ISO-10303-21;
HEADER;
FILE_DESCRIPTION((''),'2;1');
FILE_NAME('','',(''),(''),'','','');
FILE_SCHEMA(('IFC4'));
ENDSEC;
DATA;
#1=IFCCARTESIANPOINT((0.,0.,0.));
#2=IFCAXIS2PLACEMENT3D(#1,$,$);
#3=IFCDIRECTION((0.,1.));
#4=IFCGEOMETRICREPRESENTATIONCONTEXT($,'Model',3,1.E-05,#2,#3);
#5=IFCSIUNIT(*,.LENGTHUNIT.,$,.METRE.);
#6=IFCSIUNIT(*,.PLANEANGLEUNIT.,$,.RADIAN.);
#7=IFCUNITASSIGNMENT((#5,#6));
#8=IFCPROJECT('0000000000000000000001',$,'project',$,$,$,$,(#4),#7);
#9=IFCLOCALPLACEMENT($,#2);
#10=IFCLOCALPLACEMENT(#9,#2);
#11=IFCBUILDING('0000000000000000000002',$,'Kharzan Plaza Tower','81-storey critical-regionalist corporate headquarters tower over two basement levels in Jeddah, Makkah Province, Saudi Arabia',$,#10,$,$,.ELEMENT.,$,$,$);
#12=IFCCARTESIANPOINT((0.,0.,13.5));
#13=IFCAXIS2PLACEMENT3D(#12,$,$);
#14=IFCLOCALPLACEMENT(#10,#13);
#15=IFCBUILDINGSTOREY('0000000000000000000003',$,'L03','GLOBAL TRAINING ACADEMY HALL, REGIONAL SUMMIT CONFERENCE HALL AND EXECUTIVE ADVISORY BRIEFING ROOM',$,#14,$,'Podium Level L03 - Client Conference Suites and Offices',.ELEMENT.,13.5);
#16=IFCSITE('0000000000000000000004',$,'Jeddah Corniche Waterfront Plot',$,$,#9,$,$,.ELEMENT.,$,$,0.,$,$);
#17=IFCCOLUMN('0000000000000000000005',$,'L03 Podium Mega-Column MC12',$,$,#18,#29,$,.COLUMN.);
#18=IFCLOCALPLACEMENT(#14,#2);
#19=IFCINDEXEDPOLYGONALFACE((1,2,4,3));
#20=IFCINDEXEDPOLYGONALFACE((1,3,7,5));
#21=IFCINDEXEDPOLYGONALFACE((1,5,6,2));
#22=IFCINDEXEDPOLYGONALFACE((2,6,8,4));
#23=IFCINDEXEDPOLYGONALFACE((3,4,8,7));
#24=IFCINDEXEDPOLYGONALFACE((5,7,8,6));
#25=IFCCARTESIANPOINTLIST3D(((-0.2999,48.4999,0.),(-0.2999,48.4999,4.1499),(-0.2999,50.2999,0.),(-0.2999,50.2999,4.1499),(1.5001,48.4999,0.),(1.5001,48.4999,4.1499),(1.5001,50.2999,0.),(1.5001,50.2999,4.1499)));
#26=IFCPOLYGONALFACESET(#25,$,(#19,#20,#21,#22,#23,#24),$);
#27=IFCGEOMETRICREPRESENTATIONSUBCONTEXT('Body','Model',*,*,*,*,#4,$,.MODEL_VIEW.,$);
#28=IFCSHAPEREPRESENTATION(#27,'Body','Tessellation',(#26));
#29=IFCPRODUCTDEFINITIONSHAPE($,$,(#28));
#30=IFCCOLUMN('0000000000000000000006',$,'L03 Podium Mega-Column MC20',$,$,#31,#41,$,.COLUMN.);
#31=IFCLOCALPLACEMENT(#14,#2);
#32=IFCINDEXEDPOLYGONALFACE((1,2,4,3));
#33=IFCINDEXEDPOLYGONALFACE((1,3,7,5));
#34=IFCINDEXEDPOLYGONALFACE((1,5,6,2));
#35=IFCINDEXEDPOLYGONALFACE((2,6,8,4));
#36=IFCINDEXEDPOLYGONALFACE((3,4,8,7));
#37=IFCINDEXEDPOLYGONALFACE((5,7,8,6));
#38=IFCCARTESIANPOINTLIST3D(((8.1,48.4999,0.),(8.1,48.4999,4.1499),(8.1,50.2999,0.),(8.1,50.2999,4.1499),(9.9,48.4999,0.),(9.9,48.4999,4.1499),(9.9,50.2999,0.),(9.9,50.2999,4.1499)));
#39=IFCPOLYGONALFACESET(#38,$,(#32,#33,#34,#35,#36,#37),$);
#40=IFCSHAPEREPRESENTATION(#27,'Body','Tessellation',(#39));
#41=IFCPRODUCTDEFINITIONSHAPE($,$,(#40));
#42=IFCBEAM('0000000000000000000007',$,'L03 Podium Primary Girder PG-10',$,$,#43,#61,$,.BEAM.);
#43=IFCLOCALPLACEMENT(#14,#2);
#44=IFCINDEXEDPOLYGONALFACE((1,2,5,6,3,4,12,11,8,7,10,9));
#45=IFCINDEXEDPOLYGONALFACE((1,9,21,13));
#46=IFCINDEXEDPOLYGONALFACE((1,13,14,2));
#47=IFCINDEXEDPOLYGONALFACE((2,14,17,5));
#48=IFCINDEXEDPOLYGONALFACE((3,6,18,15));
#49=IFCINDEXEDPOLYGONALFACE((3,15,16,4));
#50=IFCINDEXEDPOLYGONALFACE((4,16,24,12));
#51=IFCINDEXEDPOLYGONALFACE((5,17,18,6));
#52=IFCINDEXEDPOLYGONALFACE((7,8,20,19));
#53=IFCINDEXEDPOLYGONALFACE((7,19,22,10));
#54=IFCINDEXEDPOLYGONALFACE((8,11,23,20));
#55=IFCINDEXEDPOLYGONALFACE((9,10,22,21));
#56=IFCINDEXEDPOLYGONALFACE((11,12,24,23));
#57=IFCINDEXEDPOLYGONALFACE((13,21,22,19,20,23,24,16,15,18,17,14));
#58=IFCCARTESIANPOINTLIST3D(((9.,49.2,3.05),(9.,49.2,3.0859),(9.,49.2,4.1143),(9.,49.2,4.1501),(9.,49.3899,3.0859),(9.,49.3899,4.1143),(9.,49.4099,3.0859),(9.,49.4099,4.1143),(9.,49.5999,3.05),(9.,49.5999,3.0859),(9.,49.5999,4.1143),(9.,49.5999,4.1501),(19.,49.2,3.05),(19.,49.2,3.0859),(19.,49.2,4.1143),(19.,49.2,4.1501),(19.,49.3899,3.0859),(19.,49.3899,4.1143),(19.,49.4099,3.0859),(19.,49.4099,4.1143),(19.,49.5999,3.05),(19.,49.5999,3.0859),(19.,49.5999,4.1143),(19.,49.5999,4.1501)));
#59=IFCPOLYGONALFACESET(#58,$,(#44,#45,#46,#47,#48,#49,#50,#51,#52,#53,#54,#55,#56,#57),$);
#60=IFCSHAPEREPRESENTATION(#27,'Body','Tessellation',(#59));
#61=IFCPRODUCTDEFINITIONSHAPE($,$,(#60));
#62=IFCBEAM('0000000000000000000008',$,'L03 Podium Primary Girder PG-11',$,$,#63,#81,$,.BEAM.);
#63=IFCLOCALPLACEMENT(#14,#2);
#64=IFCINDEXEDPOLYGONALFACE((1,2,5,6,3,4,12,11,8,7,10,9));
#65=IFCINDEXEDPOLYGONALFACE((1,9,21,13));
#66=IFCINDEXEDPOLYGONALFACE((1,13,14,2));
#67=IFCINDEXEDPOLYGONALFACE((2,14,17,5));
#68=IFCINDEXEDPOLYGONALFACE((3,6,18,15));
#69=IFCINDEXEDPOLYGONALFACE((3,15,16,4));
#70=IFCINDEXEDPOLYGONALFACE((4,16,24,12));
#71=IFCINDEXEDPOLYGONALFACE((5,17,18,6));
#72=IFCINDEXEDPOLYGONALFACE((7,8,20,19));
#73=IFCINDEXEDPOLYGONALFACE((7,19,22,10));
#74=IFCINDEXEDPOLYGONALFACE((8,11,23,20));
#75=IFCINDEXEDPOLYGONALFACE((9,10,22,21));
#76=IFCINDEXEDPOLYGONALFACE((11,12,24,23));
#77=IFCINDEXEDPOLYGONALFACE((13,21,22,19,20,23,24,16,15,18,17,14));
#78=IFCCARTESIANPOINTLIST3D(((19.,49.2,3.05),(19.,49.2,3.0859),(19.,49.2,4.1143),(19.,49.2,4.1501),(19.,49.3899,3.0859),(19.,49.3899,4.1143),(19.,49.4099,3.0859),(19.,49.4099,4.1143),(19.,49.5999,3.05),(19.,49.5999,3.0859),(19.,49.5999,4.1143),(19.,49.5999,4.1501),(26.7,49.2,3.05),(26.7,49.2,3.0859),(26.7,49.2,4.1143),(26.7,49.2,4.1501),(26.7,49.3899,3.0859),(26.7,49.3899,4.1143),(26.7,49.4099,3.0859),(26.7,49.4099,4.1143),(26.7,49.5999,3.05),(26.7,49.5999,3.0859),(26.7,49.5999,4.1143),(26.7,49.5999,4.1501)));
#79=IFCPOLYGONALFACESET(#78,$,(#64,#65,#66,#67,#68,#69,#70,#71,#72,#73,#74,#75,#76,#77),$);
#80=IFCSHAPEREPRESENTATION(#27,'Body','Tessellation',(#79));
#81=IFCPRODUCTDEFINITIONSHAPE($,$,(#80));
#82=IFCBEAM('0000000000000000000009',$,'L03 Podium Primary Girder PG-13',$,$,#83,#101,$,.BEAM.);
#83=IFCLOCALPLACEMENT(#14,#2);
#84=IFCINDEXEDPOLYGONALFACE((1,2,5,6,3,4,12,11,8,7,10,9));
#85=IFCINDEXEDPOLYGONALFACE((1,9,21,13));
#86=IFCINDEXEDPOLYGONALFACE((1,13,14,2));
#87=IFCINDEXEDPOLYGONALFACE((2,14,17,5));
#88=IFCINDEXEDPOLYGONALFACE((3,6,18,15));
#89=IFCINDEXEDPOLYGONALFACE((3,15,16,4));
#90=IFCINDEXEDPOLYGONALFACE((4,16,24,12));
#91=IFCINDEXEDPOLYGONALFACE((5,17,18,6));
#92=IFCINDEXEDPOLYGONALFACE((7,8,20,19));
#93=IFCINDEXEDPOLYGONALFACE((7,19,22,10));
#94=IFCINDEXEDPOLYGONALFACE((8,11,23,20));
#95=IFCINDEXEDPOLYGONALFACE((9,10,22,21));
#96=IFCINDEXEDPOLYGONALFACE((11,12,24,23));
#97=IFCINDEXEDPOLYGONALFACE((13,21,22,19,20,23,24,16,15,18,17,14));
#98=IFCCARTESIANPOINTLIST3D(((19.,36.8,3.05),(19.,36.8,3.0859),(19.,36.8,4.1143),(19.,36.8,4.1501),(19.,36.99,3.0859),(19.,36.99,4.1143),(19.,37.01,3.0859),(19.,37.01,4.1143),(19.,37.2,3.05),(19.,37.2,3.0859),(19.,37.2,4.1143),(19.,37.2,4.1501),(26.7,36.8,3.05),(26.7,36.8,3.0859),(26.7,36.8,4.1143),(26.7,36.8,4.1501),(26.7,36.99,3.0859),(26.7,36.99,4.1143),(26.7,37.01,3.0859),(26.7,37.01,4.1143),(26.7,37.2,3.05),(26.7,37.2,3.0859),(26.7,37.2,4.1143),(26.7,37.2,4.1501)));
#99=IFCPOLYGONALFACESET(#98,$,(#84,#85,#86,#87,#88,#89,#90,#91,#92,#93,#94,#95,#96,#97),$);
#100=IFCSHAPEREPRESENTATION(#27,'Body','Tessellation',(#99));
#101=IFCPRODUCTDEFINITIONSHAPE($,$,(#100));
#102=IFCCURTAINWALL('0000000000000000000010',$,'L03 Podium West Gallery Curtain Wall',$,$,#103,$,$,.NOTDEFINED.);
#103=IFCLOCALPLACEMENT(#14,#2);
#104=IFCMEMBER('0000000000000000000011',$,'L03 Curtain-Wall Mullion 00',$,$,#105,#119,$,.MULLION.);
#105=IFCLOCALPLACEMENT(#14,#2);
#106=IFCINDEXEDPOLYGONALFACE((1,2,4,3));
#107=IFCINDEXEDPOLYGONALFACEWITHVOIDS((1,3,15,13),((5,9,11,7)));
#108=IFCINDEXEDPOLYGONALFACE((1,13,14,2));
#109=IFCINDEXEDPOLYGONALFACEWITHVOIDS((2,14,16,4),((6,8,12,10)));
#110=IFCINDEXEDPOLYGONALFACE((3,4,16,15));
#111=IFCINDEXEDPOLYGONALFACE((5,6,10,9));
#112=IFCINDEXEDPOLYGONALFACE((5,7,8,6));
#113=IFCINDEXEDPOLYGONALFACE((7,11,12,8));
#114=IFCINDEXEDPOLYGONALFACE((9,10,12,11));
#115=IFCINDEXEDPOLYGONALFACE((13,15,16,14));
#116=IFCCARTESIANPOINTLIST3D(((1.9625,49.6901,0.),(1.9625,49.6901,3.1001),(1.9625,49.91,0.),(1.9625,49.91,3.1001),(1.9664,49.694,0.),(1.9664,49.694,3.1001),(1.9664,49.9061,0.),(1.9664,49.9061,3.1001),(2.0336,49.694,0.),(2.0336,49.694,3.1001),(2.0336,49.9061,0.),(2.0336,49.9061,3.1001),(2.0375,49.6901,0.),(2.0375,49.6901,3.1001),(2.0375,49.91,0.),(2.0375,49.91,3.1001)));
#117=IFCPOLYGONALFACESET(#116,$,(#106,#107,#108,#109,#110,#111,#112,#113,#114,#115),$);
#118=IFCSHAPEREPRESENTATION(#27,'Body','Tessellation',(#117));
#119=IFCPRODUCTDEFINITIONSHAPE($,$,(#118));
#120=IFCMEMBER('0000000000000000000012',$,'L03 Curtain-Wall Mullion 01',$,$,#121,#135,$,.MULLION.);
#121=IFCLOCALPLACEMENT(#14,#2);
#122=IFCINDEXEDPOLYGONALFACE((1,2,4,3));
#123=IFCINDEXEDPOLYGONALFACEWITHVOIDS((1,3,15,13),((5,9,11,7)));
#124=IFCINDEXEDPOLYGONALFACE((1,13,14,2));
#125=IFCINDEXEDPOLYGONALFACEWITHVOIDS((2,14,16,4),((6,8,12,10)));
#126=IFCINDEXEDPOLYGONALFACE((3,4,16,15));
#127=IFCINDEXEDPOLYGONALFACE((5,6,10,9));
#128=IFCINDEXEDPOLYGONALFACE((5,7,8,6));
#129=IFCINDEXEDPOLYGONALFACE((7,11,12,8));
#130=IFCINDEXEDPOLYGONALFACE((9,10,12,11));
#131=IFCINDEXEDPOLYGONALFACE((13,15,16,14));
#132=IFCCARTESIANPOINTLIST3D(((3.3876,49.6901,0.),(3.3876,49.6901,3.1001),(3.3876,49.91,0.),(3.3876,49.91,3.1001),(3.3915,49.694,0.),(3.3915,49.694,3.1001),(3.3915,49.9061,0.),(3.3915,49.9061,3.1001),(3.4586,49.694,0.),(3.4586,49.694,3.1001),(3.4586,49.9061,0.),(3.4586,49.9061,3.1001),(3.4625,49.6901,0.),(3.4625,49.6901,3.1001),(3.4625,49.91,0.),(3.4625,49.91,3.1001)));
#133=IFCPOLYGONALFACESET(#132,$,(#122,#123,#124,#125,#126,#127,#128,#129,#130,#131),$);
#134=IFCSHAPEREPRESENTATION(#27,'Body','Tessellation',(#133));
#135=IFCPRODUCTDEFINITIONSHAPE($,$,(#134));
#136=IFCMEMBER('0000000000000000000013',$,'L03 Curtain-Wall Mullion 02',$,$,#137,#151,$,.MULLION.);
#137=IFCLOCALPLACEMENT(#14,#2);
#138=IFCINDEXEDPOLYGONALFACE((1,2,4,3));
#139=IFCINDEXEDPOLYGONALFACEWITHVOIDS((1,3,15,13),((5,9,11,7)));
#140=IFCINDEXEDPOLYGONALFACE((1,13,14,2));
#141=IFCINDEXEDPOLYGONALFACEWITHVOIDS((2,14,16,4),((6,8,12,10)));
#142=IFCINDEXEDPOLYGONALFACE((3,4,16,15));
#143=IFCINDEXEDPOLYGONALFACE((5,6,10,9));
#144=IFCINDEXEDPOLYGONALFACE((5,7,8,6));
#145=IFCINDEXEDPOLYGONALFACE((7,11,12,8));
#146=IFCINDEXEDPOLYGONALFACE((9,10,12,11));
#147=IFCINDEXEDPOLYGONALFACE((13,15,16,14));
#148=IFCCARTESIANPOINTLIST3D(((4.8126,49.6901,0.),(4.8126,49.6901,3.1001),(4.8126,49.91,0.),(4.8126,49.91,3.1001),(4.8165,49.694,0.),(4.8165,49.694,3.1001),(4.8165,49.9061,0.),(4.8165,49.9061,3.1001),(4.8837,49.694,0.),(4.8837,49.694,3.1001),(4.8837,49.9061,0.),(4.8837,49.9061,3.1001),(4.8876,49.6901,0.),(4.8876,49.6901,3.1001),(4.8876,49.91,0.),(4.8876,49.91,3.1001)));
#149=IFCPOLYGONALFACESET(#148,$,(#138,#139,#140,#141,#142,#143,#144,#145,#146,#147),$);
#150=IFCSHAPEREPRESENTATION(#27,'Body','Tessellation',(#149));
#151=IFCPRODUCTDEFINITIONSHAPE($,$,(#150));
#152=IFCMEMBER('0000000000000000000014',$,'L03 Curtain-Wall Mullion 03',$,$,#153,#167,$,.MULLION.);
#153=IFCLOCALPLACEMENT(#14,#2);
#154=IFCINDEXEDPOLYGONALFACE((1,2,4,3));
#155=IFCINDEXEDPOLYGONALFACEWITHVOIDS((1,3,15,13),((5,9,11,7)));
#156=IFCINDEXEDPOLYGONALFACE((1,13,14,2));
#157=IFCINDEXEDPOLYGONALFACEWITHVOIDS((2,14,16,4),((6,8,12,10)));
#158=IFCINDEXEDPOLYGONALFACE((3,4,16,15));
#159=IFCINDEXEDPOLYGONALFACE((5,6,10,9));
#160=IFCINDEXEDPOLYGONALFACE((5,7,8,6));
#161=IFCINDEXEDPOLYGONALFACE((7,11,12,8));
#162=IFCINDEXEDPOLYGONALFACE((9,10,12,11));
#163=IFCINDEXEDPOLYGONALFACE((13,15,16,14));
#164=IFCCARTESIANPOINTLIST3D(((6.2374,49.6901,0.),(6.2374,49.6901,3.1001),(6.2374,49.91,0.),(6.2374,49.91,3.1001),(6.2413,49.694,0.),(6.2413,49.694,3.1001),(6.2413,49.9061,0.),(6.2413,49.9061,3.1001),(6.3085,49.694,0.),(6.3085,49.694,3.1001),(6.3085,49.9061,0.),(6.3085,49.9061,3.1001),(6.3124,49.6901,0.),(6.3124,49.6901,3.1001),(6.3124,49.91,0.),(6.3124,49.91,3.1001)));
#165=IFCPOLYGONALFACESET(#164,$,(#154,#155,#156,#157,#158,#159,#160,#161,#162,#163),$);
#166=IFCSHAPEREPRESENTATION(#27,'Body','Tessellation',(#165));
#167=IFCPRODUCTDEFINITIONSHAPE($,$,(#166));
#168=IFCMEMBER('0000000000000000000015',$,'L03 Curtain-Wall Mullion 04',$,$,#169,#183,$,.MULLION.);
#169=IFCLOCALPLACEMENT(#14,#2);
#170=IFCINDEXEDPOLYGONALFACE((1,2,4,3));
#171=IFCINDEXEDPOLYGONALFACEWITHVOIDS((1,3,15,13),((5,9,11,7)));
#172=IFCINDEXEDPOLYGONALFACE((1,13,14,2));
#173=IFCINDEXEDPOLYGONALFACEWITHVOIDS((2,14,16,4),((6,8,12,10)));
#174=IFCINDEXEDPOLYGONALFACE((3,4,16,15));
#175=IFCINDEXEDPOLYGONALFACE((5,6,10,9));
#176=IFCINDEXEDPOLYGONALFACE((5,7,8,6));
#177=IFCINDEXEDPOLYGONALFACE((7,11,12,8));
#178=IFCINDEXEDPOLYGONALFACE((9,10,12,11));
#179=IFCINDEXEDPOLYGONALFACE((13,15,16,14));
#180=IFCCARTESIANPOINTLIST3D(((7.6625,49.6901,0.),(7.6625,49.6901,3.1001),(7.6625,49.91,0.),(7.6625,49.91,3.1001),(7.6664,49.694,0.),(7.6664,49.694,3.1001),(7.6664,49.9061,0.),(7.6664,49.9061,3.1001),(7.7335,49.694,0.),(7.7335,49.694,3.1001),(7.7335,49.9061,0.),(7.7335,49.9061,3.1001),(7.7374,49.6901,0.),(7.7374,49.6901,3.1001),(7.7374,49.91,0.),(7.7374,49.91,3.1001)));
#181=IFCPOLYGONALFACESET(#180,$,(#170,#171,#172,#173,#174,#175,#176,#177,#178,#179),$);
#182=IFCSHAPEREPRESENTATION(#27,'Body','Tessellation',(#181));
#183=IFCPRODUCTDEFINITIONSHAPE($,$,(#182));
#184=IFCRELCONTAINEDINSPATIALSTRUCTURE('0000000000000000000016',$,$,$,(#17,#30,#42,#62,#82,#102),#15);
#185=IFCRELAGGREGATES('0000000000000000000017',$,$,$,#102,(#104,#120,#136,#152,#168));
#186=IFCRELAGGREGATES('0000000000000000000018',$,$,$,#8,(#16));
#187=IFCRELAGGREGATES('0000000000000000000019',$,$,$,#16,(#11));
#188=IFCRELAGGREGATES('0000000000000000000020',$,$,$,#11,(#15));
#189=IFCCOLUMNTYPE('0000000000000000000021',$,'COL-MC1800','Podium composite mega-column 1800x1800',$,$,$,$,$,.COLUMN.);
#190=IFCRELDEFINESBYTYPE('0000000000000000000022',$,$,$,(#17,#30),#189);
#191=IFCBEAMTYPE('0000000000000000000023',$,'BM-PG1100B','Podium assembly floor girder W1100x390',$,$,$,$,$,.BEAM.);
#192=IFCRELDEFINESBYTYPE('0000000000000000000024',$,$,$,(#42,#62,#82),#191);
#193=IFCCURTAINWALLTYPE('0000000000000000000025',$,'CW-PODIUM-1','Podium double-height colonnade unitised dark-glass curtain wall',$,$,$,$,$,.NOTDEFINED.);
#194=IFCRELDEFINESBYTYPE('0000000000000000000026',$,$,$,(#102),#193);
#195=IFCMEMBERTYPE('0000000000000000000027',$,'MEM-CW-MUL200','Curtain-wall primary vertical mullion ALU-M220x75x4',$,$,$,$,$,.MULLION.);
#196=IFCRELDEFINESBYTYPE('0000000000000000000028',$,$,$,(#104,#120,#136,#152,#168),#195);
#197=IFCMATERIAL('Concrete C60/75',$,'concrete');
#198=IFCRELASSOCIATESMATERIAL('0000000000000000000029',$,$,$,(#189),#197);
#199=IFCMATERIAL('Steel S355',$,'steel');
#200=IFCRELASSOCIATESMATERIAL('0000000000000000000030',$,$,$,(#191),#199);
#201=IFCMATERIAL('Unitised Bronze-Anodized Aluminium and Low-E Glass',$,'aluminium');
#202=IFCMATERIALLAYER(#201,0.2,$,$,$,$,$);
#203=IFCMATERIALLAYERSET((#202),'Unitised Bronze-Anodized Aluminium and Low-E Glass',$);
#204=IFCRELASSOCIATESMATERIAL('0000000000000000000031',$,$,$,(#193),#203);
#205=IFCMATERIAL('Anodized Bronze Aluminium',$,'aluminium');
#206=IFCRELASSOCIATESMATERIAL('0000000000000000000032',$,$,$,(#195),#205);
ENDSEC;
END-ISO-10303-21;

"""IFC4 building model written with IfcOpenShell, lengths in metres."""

from ifc_helpers import new_model, si_unit, direction, frame, origin, origin_2d, place, context, subcontext, project, spatial, rectangle, hollow_rectangle, i_section, extrude, source, transform, mapped, material, layer, layer_set, material_profile, profile_set, type_object, element, aggregate, save


model = new_model("IFC4")

# Units and contexts
model_context = context("Model", 3, precision=1e-05, world=origin(), true_north=direction((0.0, 1.0)))
body_context = subcontext(model_context, "Body", "Model", "MODEL_VIEW")
ifc_project = project(units=[si_unit("LENGTHUNIT", "METRE"), si_unit("PLANEANGLEUNIT", "RADIAN")], contexts=[model_context])

# Site, building, storey
site_placement = place(None, origin())
site = spatial("IfcSite", under=ifc_project, at=site_placement, Name="Jeddah Corniche Waterfront Plot", CompositionType="ELEMENT", RefElevation=0.0)
building_placement = place(site_placement, origin())
building = spatial("IfcBuilding", under=site, at=building_placement, Name="Kharzan Plaza Tower", Description="81-storey critical-regionalist corporate headquarters tower over two basement levels in Jeddah, Makkah Province, Saudi Arabia", CompositionType="ELEMENT")
storey_placement = place(building_placement, frame((0.0, 0.0, 13.5)))
storey = spatial("IfcBuildingStorey", under=building, at=storey_placement, Name="L03", Description="GLOBAL TRAINING ACADEMY HALL, REGIONAL SUMMIT CONFERENCE HALL AND EXECUTIVE ADVISORY BRIEFING ROOM", LongName="Podium Level L03 - Client Conference Suites and Offices", CompositionType="ELEMENT", Elevation=13.5)

# Columns
ifc_material_1 = material(Name="Concrete C60/75", Category="concrete")
ifc_material_profile_1 = material_profile(ifc_material_1, rectangle(XDim=1.8, YDim=1.8, at=origin_2d()), Name="RC-MC1800x1800")
ifc_profile_set_1 = profile_set([ifc_material_profile_1], Name="Concrete C60/75")
column_type = type_object("IfcColumnType", Name="COL-MC1800", Description="Podium composite mega-column 1800x1800", PredefinedType="COLUMN", material=ifc_profile_set_1)
shared_shape_1 = source(origin(), body_context, "Body", "SweptSolid", [
    extrude(rectangle(XDim=1.8, YDim=1.8, at=origin_2d()), origin(), (0.0, 0.0, 1.0), 4.1499),
])
for number, where, z_axis, x_axis, name in (
    (1, (0.6001, 49.3999, 0.0), (0.0, 0.0, 1.0), (1.0, 0.0, 0.0), "L03 Podium Mega-Column MC12"),
    (2, (9.0, 49.3999, 0.0), (0.0, 0.0, 1.0), (1.0, 0.0, 0.0), "L03 Podium Mega-Column MC20"),
):
    element("IfcColumn", number, at=place(storey_placement, frame(where, z_axis=z_axis, x_axis=x_axis)), inside=storey, type_object=column_type, Name=name, PredefinedType="COLUMN", context=body_context, shape_type="MappedRepresentation", body=[
        mapped(shared_shape_1, transform((0.0, 0.0, 0.0), x_axis=(1.0, 0.0, 0.0), y_axis=(0.0, 1.0, 0.0), z_axis=(0.0, 0.0, 1.0))),
    ])

# Beams
ifc_material_2 = material(Name="Steel S355", Category="steel")
ifc_material_profile_2 = material_profile(ifc_material_2, i_section(OverallWidth=0.3999, OverallDepth=1.1001, WebThickness=0.02, FlangeThickness=0.0359, at=origin_2d()), Name="W1100x390")
ifc_profile_set_2 = profile_set([ifc_material_profile_2], Name="Steel S355")
beam_type = type_object("IfcBeamType", Name="BM-PG1100B", Description="Podium assembly floor girder W1100x390", PredefinedType="BEAM", material=ifc_profile_set_2)
shared_shape_2 = source(origin(), body_context, "Body", "SweptSolid", [
    extrude(i_section(OverallWidth=0.3999, OverallDepth=1.1001, WebThickness=0.02, FlangeThickness=0.0359, at=origin_2d()), origin(), (0.0, 0.0, 1.0), 10.0),
])
beam_placement = place(storey_placement, frame((9.0, 49.3999, 3.6001), z_axis=(1.0, 0.0, 0.0), x_axis=(0.0, 1.0, 0.0)))
element("IfcBeam", 3, at=beam_placement, inside=storey, type_object=beam_type, Name="L03 Podium Primary Girder PG-10", PredefinedType="BEAM", context=body_context, shape_type="MappedRepresentation", body=[
    mapped(shared_shape_2, transform((0.0, 0.0, 0.0), x_axis=(1.0, 0.0, 0.0), y_axis=(0.0, 1.0, 0.0), z_axis=(0.0, 0.0, 1.0))),
])
shared_shape_3 = source(origin(), body_context, "Body", "SweptSolid", [
    extrude(i_section(OverallWidth=0.3999, OverallDepth=1.1001, WebThickness=0.02, FlangeThickness=0.0359, at=origin_2d()), origin(), (0.0, 0.0, 1.0), 7.7),
])
for number, where, z_axis, x_axis, name in (
    (4, (19.0, 49.3999, 3.6001), (1.0, 0.0, 0.0), (0.0, 1.0, 0.0), "L03 Podium Primary Girder PG-11"),
    (5, (19.0, 37.0, 3.6001), (1.0, 0.0, 0.0), (0.0, 1.0, 0.0), "L03 Podium Primary Girder PG-13"),
):
    element("IfcBeam", number, at=place(storey_placement, frame(where, z_axis=z_axis, x_axis=x_axis)), inside=storey, type_object=beam_type, Name=name, PredefinedType="BEAM", context=body_context, shape_type="MappedRepresentation", body=[
        mapped(shared_shape_3, transform((0.0, 0.0, 0.0), x_axis=(1.0, 0.0, 0.0), y_axis=(0.0, 1.0, 0.0), z_axis=(0.0, 0.0, 1.0))),
    ])

# Curtain wall, members
ifc_material_3 = material(Name="Unitised Bronze-Anodized Aluminium and Low-E Glass", Category="aluminium")
ifc_layer_1 = layer(ifc_material_3, 0.2)
ifc_layer_set_1 = layer_set([ifc_layer_1], Name="Unitised Bronze-Anodized Aluminium and Low-E Glass")
curtain_wall_type = type_object("IfcCurtainWallType", Name="CW-PODIUM-1", Description="Podium double-height colonnade unitised dark-glass curtain wall", PredefinedType="NOTDEFINED", material=ifc_layer_set_1)
curtain_wall_placement = place(storey_placement, origin())
curtain_wall = element("IfcCurtainWall", 6, at=curtain_wall_placement, inside=storey, type_object=curtain_wall_type, Name="L03 Podium West Gallery Curtain Wall", PredefinedType="NOTDEFINED")
ifc_material_4 = material(Name="Anodized Bronze Aluminium", Category="aluminium")
ifc_material_profile_3 = material_profile(ifc_material_4, hollow_rectangle(XDim=0.075, YDim=0.22, WallThickness=0.0039, at=origin_2d()), Name="ALU-M220x75x4")
ifc_profile_set_3 = profile_set([ifc_material_profile_3], Name="Anodized Bronze Aluminium")
member_type_1 = type_object("IfcMemberType", Name="MEM-CW-MUL200", Description="Curtain-wall primary vertical mullion ALU-M220x75x4", PredefinedType="MULLION", material=ifc_profile_set_3)
shared_shape_4 = source(origin(), body_context, "Body", "SweptSolid", [
    extrude(hollow_rectangle(XDim=0.075, YDim=0.22, WallThickness=0.0039, at=origin_2d()), origin(), (0.0, 0.0, 1.0), 3.1001),
])
member_1_placement = place(storey_placement, frame((2.0, 49.8, 0.0), z_axis=(0.0, 0.0, 1.0), x_axis=(1.0, 0.0, 0.0)))
member_1 = element("IfcMember", 7, at=member_1_placement, type_object=member_type_1, Name="L03 Curtain-Wall Mullion 00", PredefinedType="MULLION", context=body_context, shape_type="MappedRepresentation", body=[
    mapped(shared_shape_4, transform((0.0, 0.0, 0.0), x_axis=(1.0, 0.0, 0.0), y_axis=(0.0, 1.0, 0.0), z_axis=(0.0, 0.0, 1.0))),
])
member_2_placement = place(storey_placement, frame((3.425, 49.8, 0.0), z_axis=(0.0, 0.0, 1.0), x_axis=(1.0, 0.0, 0.0)))
member_2 = element("IfcMember", 8, at=member_2_placement, type_object=member_type_1, Name="L03 Curtain-Wall Mullion 01", PredefinedType="MULLION", context=body_context, shape_type="MappedRepresentation", body=[
    mapped(shared_shape_4, transform((0.0, 0.0, 0.0), x_axis=(1.0, 0.0, 0.0), y_axis=(0.0, 1.0, 0.0), z_axis=(0.0, 0.0, 1.0))),
])
member_3_placement = place(storey_placement, frame((4.8501, 49.8, 0.0), z_axis=(0.0, 0.0, 1.0), x_axis=(1.0, 0.0, 0.0)))
member_3 = element("IfcMember", 9, at=member_3_placement, type_object=member_type_1, Name="L03 Curtain-Wall Mullion 02", PredefinedType="MULLION", context=body_context, shape_type="MappedRepresentation", body=[
    mapped(shared_shape_4, transform((0.0, 0.0, 0.0), x_axis=(1.0, 0.0, 0.0), y_axis=(0.0, 1.0, 0.0), z_axis=(0.0, 0.0, 1.0))),
])
member_4_placement = place(storey_placement, frame((6.2749, 49.8, 0.0), z_axis=(0.0, 0.0, 1.0), x_axis=(1.0, 0.0, 0.0)))
member_4 = element("IfcMember", 10, at=member_4_placement, type_object=member_type_1, Name="L03 Curtain-Wall Mullion 03", PredefinedType="MULLION", context=body_context, shape_type="MappedRepresentation", body=[
    mapped(shared_shape_4, transform((0.0, 0.0, 0.0), x_axis=(1.0, 0.0, 0.0), y_axis=(0.0, 1.0, 0.0), z_axis=(0.0, 0.0, 1.0))),
])
member_5_placement = place(storey_placement, frame((7.7, 49.8, 0.0), z_axis=(0.0, 0.0, 1.0), x_axis=(1.0, 0.0, 0.0)))
member_5 = element("IfcMember", 11, at=member_5_placement, type_object=member_type_1, Name="L03 Curtain-Wall Mullion 04", PredefinedType="MULLION", context=body_context, shape_type="MappedRepresentation", body=[
    mapped(shared_shape_4, transform((0.0, 0.0, 0.0), x_axis=(1.0, 0.0, 0.0), y_axis=(0.0, 1.0, 0.0), z_axis=(0.0, 0.0, 1.0))),
])
aggregate(curtain_wall, [member_1, member_2, member_3, member_4, member_5])

save(model, "model.ifc")
